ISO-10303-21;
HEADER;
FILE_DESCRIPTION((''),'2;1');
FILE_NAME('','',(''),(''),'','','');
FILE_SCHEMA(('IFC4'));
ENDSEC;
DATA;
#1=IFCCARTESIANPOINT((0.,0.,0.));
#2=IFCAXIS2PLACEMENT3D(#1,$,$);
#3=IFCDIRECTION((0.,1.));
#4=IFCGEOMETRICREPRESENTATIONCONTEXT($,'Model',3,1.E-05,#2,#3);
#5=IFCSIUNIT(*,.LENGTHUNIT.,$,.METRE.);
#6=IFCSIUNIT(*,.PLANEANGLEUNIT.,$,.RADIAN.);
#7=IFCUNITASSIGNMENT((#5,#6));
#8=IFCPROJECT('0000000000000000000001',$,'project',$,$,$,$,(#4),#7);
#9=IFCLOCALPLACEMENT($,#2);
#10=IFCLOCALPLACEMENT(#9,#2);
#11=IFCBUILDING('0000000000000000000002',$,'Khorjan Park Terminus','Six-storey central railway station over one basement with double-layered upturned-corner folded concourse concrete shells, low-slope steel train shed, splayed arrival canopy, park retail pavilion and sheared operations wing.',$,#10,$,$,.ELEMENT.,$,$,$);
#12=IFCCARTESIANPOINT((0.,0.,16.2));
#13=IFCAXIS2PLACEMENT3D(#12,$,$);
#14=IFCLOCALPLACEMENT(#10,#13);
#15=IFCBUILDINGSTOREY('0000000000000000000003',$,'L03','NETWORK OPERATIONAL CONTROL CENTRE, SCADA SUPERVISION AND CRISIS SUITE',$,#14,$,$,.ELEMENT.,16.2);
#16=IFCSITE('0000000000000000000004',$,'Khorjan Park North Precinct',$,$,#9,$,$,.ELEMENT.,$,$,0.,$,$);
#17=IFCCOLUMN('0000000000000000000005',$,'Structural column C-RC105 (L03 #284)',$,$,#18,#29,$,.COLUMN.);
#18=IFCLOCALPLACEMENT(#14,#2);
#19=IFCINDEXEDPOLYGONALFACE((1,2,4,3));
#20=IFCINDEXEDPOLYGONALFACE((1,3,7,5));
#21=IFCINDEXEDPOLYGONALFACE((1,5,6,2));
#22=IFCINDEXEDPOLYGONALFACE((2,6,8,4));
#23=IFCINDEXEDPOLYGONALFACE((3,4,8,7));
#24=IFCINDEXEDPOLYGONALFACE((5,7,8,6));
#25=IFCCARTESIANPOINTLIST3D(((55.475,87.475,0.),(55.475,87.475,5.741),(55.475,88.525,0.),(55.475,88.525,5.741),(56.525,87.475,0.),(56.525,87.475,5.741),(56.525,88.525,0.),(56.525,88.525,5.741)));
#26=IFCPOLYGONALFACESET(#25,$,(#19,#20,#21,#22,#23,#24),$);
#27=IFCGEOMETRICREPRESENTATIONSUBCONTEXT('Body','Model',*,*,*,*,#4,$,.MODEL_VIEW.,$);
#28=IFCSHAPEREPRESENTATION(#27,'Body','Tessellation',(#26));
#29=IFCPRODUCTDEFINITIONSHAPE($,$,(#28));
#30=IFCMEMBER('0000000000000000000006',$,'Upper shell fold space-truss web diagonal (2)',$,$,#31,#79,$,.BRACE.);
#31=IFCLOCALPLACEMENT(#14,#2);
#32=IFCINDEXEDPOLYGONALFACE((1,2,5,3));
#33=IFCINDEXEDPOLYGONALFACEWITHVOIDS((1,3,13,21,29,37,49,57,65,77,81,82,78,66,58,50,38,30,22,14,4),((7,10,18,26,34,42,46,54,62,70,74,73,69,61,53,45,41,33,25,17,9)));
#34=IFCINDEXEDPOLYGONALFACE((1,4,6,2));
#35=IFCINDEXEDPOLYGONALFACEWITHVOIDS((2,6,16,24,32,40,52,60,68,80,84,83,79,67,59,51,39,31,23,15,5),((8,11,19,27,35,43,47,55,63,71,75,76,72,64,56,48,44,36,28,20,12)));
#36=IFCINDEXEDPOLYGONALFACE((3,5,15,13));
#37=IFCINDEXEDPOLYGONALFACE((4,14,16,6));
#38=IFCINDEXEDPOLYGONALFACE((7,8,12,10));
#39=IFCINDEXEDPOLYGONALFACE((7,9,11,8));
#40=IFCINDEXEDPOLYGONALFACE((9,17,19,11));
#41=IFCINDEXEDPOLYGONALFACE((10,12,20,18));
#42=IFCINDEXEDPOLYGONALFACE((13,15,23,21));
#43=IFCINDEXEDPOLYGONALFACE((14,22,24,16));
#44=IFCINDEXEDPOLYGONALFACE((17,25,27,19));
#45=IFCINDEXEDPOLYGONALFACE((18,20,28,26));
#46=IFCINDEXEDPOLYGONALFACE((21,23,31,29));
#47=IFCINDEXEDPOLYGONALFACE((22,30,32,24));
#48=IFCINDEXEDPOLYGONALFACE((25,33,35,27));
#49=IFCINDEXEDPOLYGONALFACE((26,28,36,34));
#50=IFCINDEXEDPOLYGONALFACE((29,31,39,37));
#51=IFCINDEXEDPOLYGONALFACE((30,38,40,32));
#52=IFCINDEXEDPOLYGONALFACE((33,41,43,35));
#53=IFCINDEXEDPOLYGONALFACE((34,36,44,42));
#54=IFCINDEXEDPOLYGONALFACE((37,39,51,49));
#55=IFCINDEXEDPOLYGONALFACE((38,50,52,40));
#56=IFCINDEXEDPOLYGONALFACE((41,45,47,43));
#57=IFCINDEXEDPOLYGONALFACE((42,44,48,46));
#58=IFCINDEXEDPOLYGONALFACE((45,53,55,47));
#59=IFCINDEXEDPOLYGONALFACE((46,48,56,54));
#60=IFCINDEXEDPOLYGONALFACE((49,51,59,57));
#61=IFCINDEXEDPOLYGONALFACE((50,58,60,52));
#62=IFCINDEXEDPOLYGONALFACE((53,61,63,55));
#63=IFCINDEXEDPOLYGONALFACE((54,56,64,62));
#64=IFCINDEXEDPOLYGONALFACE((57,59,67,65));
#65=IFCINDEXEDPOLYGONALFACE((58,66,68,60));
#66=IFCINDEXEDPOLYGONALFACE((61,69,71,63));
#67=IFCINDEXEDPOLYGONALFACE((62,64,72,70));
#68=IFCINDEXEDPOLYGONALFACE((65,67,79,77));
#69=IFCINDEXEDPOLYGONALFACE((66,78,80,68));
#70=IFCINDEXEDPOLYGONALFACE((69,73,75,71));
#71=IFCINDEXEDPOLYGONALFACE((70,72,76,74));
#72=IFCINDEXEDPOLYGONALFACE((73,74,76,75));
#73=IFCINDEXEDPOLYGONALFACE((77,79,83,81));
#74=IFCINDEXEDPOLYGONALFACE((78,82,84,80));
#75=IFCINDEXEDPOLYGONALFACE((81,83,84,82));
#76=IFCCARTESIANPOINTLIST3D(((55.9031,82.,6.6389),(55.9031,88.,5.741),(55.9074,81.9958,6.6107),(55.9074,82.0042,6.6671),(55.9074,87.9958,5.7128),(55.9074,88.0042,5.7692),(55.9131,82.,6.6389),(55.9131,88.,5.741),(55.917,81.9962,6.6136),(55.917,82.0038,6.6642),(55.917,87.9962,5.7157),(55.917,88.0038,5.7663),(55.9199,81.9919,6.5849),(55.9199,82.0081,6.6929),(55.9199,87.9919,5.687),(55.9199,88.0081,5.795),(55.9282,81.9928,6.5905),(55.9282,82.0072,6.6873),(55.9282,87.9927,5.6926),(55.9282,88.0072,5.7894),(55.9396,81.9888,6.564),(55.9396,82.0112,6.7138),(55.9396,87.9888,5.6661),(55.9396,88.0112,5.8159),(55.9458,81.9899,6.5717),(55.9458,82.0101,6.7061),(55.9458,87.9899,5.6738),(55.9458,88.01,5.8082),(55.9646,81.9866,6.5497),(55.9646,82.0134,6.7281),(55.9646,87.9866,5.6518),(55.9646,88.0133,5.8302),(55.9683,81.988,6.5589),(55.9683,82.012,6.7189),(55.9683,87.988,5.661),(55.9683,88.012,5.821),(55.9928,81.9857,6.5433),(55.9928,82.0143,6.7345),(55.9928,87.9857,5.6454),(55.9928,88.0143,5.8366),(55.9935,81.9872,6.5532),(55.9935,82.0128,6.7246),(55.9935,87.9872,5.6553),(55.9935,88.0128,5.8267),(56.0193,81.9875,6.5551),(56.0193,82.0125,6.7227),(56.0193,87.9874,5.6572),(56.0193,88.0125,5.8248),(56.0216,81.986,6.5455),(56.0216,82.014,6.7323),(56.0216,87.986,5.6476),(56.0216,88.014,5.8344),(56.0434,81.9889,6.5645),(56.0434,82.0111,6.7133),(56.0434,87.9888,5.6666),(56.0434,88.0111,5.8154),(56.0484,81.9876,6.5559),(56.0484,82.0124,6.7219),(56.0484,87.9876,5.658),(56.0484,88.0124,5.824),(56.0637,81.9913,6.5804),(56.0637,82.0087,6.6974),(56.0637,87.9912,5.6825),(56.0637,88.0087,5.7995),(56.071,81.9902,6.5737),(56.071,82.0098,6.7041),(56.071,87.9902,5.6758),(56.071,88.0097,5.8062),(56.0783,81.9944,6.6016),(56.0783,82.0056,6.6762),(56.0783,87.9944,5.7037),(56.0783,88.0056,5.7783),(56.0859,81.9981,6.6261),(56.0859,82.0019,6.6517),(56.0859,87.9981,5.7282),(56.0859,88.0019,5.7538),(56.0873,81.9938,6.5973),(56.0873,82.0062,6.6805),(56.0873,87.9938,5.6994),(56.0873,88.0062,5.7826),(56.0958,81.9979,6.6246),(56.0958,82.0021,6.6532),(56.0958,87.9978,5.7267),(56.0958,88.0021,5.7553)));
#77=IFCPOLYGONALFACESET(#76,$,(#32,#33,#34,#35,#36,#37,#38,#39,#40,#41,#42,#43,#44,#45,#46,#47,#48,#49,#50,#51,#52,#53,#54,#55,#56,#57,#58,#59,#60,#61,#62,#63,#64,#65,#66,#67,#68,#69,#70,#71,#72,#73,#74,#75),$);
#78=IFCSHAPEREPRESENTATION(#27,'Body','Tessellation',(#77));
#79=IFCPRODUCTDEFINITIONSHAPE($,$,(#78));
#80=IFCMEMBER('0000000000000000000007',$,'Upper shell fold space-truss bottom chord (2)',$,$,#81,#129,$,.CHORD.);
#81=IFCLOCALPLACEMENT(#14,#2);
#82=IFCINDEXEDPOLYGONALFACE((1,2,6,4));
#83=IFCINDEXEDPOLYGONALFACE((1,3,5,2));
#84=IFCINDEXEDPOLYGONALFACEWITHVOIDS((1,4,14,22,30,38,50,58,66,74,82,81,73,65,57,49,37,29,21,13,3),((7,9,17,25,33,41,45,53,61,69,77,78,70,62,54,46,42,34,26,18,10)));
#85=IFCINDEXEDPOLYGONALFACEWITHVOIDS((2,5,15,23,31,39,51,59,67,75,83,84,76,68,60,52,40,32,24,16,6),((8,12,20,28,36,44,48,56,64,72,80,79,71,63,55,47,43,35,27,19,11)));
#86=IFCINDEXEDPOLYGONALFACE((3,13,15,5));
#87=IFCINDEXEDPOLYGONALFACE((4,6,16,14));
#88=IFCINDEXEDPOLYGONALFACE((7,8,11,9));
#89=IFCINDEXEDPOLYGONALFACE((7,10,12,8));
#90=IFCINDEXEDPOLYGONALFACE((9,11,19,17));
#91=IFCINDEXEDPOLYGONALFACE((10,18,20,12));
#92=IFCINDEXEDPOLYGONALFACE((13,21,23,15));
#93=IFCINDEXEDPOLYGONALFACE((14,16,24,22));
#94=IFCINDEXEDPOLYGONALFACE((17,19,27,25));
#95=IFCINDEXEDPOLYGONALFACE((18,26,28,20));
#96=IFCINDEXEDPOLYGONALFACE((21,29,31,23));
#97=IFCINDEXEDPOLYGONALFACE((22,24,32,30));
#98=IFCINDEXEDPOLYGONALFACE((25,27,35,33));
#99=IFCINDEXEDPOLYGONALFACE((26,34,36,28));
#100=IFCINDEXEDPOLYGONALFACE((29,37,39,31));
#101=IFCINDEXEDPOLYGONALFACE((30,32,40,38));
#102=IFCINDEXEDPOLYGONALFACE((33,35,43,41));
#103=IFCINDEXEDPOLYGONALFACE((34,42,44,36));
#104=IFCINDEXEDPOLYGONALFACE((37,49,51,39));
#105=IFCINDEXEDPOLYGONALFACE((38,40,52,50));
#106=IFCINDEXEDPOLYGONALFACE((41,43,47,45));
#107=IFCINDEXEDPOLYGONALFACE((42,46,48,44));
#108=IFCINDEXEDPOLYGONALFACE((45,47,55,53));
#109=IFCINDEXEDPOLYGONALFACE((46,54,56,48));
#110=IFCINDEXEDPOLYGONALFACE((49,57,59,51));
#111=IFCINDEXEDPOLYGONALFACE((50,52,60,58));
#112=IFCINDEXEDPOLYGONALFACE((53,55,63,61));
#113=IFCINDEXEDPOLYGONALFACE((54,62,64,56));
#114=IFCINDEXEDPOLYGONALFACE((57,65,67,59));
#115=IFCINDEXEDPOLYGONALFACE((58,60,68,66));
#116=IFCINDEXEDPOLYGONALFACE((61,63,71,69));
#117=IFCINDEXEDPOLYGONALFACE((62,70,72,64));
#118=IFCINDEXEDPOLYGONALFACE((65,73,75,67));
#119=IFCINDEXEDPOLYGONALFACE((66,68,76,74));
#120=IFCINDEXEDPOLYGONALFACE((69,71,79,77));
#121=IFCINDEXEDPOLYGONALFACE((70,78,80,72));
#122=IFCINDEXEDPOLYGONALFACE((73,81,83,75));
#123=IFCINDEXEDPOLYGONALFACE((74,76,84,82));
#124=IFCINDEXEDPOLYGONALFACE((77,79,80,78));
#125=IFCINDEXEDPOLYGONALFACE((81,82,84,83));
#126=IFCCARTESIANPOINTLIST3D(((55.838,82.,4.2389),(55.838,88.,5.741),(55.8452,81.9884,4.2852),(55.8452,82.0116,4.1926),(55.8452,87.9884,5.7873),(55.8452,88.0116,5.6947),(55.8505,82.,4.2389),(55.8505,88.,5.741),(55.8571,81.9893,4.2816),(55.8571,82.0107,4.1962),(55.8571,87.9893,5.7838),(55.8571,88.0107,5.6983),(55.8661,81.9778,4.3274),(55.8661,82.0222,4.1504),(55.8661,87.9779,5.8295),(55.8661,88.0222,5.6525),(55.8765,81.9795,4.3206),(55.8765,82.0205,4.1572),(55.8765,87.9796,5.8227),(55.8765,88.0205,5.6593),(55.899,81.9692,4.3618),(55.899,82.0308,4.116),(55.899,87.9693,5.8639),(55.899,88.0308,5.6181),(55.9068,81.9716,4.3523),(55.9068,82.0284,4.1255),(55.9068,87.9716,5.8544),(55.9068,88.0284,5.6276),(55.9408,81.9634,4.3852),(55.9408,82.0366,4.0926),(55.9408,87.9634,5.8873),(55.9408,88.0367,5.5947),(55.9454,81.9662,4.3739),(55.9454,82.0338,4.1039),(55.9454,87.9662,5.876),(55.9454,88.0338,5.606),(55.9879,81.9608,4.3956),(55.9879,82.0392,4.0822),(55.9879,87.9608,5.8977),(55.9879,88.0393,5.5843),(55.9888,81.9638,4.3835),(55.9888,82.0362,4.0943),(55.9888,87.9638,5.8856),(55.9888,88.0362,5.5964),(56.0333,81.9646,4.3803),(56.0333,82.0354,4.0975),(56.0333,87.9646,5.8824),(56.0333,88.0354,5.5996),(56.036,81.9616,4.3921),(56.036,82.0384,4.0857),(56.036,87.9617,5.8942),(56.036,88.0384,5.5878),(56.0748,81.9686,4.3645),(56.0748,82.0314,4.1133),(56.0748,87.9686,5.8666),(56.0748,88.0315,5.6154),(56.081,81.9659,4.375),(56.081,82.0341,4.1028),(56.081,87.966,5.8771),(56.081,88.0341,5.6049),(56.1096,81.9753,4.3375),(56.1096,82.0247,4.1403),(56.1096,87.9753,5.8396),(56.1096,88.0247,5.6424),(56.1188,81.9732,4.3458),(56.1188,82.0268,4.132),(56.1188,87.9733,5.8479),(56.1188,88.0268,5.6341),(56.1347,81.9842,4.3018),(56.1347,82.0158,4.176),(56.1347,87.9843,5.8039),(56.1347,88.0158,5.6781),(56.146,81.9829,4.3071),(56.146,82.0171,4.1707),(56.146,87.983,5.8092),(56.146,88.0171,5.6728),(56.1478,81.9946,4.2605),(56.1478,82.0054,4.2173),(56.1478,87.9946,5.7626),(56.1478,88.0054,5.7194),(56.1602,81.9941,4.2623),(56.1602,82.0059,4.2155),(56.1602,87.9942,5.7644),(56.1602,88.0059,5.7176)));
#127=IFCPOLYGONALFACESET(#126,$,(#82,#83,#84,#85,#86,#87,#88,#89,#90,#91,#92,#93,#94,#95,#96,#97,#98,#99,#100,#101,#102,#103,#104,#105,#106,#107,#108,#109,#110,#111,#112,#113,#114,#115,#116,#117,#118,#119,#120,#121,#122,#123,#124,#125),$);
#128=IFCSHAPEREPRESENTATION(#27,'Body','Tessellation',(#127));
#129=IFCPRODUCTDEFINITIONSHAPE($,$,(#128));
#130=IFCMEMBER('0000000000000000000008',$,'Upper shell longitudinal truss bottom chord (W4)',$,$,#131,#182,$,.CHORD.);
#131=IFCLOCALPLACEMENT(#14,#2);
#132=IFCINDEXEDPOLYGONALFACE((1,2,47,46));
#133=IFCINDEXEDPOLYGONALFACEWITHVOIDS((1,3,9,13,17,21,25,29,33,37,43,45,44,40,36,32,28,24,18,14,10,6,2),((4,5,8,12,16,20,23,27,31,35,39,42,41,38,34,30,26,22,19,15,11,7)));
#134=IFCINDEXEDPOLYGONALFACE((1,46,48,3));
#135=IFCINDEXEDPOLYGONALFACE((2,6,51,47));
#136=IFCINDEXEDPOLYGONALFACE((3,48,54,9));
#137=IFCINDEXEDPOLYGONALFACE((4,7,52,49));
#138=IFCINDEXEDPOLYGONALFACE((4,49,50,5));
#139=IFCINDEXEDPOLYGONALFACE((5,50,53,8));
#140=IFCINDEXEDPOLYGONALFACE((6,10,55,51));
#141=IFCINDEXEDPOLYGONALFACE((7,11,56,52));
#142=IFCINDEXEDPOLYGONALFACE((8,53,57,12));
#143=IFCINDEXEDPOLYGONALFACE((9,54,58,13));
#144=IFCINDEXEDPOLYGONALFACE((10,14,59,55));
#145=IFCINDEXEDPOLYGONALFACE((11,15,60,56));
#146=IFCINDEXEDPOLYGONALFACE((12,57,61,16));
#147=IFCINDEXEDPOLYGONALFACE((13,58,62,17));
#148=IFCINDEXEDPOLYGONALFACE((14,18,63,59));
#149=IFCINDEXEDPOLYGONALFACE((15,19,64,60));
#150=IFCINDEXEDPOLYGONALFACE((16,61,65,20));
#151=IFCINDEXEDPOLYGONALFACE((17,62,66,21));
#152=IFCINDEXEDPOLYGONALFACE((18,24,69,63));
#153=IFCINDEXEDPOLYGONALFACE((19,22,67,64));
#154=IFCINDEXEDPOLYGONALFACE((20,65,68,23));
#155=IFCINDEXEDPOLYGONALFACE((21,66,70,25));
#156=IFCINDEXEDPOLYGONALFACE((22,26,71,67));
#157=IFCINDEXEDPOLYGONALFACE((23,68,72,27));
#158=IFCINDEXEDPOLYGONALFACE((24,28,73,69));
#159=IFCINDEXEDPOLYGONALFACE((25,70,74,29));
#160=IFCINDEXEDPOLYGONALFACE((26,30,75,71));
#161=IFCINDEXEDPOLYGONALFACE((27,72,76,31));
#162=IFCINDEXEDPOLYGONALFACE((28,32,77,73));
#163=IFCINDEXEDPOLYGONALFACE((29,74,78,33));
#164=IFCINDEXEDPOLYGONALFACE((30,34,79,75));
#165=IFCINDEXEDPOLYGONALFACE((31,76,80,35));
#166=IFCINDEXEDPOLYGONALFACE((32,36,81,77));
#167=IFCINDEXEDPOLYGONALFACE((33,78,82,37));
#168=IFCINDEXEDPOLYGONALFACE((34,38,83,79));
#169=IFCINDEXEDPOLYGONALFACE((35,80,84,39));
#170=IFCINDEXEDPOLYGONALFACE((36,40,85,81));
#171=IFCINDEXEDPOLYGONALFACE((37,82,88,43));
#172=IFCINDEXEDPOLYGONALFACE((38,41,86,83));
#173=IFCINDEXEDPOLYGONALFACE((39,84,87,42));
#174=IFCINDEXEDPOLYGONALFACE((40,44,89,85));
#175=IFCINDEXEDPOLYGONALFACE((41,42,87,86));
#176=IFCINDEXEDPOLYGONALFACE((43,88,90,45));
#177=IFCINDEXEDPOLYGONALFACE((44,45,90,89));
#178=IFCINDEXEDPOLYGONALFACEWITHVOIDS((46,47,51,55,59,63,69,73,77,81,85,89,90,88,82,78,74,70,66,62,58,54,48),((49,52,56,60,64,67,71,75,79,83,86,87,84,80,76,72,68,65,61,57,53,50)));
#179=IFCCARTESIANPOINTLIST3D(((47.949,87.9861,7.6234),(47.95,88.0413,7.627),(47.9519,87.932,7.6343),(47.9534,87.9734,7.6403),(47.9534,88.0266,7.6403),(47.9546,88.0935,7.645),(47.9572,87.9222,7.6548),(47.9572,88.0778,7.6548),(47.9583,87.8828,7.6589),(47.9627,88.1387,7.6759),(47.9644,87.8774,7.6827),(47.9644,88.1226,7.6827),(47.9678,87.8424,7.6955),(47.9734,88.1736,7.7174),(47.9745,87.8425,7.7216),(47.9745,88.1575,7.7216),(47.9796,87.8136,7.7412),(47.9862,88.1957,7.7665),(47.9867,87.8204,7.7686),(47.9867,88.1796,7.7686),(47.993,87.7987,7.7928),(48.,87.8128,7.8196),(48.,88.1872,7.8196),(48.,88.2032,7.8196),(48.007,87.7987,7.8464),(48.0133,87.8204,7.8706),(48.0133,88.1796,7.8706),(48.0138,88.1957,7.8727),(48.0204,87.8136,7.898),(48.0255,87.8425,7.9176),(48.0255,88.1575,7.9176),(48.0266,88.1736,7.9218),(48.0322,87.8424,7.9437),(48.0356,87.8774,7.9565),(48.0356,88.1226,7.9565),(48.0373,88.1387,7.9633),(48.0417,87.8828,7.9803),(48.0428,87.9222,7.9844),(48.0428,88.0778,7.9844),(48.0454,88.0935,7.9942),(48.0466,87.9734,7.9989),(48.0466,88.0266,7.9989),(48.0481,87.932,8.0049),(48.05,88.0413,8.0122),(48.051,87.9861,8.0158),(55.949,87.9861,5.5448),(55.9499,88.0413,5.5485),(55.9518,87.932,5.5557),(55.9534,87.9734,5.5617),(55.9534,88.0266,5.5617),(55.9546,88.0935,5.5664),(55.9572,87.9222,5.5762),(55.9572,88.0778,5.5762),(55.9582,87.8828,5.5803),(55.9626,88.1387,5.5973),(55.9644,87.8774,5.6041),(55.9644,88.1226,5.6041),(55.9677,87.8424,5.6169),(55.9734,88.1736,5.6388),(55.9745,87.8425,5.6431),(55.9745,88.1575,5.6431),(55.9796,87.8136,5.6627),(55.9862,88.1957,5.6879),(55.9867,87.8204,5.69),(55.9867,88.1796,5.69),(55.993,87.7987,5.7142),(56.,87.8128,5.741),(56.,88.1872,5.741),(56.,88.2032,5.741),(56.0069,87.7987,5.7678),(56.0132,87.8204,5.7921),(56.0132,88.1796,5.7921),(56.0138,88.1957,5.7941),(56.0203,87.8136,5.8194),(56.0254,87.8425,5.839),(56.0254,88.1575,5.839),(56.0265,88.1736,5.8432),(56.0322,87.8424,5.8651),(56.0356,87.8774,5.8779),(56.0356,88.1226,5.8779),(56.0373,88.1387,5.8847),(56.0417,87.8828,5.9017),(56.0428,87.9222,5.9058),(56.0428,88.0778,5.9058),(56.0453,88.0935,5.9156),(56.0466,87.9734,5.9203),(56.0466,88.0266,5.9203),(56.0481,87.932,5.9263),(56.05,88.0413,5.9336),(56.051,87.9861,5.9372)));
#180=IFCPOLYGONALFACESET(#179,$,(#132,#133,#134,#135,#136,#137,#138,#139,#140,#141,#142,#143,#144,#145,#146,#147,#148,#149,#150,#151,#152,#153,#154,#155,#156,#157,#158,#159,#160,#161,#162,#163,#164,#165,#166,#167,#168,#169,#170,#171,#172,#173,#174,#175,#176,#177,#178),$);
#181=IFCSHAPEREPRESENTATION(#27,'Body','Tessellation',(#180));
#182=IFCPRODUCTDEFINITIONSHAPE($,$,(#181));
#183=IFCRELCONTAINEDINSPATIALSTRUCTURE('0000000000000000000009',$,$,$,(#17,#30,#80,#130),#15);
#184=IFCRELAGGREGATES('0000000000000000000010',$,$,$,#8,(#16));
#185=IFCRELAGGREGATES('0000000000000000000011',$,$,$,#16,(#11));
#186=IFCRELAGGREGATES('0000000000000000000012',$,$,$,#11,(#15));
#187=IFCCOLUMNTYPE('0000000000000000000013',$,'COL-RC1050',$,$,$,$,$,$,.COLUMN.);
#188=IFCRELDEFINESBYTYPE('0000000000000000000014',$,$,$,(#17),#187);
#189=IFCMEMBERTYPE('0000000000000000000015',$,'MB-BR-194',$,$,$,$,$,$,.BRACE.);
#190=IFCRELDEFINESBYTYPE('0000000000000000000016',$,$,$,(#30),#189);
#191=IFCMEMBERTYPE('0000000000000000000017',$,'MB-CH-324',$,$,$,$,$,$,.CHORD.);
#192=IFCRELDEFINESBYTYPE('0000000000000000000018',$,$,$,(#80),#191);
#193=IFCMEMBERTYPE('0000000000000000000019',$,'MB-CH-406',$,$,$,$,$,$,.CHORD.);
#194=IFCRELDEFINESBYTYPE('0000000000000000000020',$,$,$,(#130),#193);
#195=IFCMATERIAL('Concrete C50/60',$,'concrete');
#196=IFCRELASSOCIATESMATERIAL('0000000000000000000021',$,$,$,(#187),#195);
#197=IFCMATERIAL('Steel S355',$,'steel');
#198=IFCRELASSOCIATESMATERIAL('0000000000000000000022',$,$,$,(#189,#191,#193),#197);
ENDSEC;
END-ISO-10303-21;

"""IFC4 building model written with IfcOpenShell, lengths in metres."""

from ifc_helpers import new_model, si_unit, direction, frame, origin, origin_2d, place, context, subcontext, project, spatial, rectangle, hollow_circle, extrude, material, material_profile, profile_set, type_object, element, save


model = new_model("IFC4")

# Units and contexts
model_context = context("Model", 3, precision=1e-05, world=origin(), true_north=direction((0.0, 1.0)))
body_context = subcontext(model_context, "Body", "Model", "MODEL_VIEW")
ifc_project = project(units=[si_unit("LENGTHUNIT", "METRE"), si_unit("PLANEANGLEUNIT", "RADIAN")], contexts=[model_context])

# Site, building, storey
site_placement = place(None, origin())
site = spatial("IfcSite", under=ifc_project, at=site_placement, Name="Khorjan Park North Precinct", CompositionType="ELEMENT", RefElevation=0.0)
building_placement = place(site_placement, origin())
building = spatial("IfcBuilding", under=site, at=building_placement, Name="Khorjan Park Terminus", Description="Six-storey central railway station over one basement with double-layered upturned-corner folded concourse concrete shells, low-slope steel train shed, splayed arrival canopy, park retail pavilion and sheared operations wing.", CompositionType="ELEMENT")
storey_placement = place(building_placement, frame((0.0, 0.0, 16.2)))
storey = spatial("IfcBuildingStorey", under=building, at=storey_placement, Name="L03", Description="NETWORK OPERATIONAL CONTROL CENTRE, SCADA SUPERVISION AND CRISIS SUITE", CompositionType="ELEMENT", Elevation=16.2)

# Column
ifc_material_1 = material(Name="Concrete C50/60", Category="concrete")
ifc_material_profile_1 = material_profile(ifc_material_1, rectangle(XDim=1.05, YDim=1.05, at=origin_2d()), Name="RC 1050x1050")
ifc_profile_set_1 = profile_set([ifc_material_profile_1], Name="Concrete C50/60")
column_type = type_object("IfcColumnType", Name="COL-RC1050", PredefinedType="COLUMN", material=ifc_profile_set_1)
column_placement = place(storey_placement, frame((56.0, 88.0, 0.0), z_axis=(0.0, 0.0, 1.0), x_axis=(1.0, 0.0, 0.0)))
element("IfcColumn", 1, at=column_placement, inside=storey, type_object=column_type, Name="Structural column C-RC105 (L03 #284)", PredefinedType="COLUMN", context=body_context, shape_type="SweptSolid", body=[
    extrude(rectangle(XDim=1.05, YDim=1.05, at=origin_2d()), origin(), (0.0, 0.0, 1.0), 5.741),
])

# Members
ifc_material_2 = material(Name="Steel S355", Category="steel")
ifc_material_profile_2 = material_profile(ifc_material_2, hollow_circle(Radius=0.0969, WallThickness=0.01, at=origin_2d()), Name="CHS 193.7x10")
ifc_profile_set_2 = profile_set([ifc_material_profile_2], Name="Steel S355")
member_type_1 = type_object("IfcMemberType", Name="MB-BR-194", PredefinedType="BRACE", material=ifc_profile_set_2)
member_1_placement = place(storey_placement, frame((56.0, 82.0, 6.6389), z_axis=(0.0, 0.988987, -0.148002), x_axis=(-1.0, 0.0, 0.0)))
element("IfcMember", 2, at=member_1_placement, inside=storey, type_object=member_type_1, Name="Upper shell fold space-truss web diagonal (2)", PredefinedType="BRACE", context=body_context, shape_type="SweptSolid", body=[
    extrude(hollow_circle(Radius=0.0969, WallThickness=0.01, at=origin_2d()), origin(), (0.0, 0.0, 1.0), 6.0668),
])
ifc_material_profile_3 = material_profile(ifc_material_2, hollow_circle(Radius=0.162, WallThickness=0.0125, at=origin_2d()), Name="CHS 323.9x12.5")
ifc_profile_set_3 = profile_set([ifc_material_profile_3], Name="Steel S355")
member_type_2 = type_object("IfcMemberType", Name="MB-CH-324", PredefinedType="CHORD", material=ifc_profile_set_3)
member_2_placement = place(storey_placement, frame((56.0, 82.0, 4.2389), z_axis=(0.0, 0.970063, 0.242855), x_axis=(-1.0, 0.0, 0.0)))
element("IfcMember", 3, at=member_2_placement, inside=storey, type_object=member_type_2, Name="Upper shell fold space-truss bottom chord (2)", PredefinedType="CHORD", context=body_context, shape_type="SweptSolid", body=[
    extrude(hollow_circle(Radius=0.162, WallThickness=0.0125, at=origin_2d()), origin(), (0.0, 0.0, 1.0), 6.1852),
])
ifc_material_profile_4 = material_profile(ifc_material_2, hollow_circle(Radius=0.2032, WallThickness=0.016, at=origin_2d()), Name="CHS 406.4x16")
ifc_profile_set_4 = profile_set([ifc_material_profile_4], Name="Steel S355")
member_type_3 = type_object("IfcMemberType", Name="MB-CH-406", PredefinedType="CHORD", material=ifc_profile_set_4)
member_3_placement = place(storey_placement, frame((48.0, 88.0, 7.8196), z_axis=(0.967864, 0.0, -0.251475), x_axis=(0.0, 1.0, 0.0)))
element("IfcMember", 4, at=member_3_placement, inside=storey, type_object=member_type_3, Name="Upper shell longitudinal truss bottom chord (W4)", PredefinedType="CHORD", context=body_context, shape_type="SweptSolid", body=[
    extrude(hollow_circle(Radius=0.2032, WallThickness=0.016, at=origin_2d()), origin(), (0.0, 0.0, 1.0), 8.2656),
])

save(model, "model.ifc")
